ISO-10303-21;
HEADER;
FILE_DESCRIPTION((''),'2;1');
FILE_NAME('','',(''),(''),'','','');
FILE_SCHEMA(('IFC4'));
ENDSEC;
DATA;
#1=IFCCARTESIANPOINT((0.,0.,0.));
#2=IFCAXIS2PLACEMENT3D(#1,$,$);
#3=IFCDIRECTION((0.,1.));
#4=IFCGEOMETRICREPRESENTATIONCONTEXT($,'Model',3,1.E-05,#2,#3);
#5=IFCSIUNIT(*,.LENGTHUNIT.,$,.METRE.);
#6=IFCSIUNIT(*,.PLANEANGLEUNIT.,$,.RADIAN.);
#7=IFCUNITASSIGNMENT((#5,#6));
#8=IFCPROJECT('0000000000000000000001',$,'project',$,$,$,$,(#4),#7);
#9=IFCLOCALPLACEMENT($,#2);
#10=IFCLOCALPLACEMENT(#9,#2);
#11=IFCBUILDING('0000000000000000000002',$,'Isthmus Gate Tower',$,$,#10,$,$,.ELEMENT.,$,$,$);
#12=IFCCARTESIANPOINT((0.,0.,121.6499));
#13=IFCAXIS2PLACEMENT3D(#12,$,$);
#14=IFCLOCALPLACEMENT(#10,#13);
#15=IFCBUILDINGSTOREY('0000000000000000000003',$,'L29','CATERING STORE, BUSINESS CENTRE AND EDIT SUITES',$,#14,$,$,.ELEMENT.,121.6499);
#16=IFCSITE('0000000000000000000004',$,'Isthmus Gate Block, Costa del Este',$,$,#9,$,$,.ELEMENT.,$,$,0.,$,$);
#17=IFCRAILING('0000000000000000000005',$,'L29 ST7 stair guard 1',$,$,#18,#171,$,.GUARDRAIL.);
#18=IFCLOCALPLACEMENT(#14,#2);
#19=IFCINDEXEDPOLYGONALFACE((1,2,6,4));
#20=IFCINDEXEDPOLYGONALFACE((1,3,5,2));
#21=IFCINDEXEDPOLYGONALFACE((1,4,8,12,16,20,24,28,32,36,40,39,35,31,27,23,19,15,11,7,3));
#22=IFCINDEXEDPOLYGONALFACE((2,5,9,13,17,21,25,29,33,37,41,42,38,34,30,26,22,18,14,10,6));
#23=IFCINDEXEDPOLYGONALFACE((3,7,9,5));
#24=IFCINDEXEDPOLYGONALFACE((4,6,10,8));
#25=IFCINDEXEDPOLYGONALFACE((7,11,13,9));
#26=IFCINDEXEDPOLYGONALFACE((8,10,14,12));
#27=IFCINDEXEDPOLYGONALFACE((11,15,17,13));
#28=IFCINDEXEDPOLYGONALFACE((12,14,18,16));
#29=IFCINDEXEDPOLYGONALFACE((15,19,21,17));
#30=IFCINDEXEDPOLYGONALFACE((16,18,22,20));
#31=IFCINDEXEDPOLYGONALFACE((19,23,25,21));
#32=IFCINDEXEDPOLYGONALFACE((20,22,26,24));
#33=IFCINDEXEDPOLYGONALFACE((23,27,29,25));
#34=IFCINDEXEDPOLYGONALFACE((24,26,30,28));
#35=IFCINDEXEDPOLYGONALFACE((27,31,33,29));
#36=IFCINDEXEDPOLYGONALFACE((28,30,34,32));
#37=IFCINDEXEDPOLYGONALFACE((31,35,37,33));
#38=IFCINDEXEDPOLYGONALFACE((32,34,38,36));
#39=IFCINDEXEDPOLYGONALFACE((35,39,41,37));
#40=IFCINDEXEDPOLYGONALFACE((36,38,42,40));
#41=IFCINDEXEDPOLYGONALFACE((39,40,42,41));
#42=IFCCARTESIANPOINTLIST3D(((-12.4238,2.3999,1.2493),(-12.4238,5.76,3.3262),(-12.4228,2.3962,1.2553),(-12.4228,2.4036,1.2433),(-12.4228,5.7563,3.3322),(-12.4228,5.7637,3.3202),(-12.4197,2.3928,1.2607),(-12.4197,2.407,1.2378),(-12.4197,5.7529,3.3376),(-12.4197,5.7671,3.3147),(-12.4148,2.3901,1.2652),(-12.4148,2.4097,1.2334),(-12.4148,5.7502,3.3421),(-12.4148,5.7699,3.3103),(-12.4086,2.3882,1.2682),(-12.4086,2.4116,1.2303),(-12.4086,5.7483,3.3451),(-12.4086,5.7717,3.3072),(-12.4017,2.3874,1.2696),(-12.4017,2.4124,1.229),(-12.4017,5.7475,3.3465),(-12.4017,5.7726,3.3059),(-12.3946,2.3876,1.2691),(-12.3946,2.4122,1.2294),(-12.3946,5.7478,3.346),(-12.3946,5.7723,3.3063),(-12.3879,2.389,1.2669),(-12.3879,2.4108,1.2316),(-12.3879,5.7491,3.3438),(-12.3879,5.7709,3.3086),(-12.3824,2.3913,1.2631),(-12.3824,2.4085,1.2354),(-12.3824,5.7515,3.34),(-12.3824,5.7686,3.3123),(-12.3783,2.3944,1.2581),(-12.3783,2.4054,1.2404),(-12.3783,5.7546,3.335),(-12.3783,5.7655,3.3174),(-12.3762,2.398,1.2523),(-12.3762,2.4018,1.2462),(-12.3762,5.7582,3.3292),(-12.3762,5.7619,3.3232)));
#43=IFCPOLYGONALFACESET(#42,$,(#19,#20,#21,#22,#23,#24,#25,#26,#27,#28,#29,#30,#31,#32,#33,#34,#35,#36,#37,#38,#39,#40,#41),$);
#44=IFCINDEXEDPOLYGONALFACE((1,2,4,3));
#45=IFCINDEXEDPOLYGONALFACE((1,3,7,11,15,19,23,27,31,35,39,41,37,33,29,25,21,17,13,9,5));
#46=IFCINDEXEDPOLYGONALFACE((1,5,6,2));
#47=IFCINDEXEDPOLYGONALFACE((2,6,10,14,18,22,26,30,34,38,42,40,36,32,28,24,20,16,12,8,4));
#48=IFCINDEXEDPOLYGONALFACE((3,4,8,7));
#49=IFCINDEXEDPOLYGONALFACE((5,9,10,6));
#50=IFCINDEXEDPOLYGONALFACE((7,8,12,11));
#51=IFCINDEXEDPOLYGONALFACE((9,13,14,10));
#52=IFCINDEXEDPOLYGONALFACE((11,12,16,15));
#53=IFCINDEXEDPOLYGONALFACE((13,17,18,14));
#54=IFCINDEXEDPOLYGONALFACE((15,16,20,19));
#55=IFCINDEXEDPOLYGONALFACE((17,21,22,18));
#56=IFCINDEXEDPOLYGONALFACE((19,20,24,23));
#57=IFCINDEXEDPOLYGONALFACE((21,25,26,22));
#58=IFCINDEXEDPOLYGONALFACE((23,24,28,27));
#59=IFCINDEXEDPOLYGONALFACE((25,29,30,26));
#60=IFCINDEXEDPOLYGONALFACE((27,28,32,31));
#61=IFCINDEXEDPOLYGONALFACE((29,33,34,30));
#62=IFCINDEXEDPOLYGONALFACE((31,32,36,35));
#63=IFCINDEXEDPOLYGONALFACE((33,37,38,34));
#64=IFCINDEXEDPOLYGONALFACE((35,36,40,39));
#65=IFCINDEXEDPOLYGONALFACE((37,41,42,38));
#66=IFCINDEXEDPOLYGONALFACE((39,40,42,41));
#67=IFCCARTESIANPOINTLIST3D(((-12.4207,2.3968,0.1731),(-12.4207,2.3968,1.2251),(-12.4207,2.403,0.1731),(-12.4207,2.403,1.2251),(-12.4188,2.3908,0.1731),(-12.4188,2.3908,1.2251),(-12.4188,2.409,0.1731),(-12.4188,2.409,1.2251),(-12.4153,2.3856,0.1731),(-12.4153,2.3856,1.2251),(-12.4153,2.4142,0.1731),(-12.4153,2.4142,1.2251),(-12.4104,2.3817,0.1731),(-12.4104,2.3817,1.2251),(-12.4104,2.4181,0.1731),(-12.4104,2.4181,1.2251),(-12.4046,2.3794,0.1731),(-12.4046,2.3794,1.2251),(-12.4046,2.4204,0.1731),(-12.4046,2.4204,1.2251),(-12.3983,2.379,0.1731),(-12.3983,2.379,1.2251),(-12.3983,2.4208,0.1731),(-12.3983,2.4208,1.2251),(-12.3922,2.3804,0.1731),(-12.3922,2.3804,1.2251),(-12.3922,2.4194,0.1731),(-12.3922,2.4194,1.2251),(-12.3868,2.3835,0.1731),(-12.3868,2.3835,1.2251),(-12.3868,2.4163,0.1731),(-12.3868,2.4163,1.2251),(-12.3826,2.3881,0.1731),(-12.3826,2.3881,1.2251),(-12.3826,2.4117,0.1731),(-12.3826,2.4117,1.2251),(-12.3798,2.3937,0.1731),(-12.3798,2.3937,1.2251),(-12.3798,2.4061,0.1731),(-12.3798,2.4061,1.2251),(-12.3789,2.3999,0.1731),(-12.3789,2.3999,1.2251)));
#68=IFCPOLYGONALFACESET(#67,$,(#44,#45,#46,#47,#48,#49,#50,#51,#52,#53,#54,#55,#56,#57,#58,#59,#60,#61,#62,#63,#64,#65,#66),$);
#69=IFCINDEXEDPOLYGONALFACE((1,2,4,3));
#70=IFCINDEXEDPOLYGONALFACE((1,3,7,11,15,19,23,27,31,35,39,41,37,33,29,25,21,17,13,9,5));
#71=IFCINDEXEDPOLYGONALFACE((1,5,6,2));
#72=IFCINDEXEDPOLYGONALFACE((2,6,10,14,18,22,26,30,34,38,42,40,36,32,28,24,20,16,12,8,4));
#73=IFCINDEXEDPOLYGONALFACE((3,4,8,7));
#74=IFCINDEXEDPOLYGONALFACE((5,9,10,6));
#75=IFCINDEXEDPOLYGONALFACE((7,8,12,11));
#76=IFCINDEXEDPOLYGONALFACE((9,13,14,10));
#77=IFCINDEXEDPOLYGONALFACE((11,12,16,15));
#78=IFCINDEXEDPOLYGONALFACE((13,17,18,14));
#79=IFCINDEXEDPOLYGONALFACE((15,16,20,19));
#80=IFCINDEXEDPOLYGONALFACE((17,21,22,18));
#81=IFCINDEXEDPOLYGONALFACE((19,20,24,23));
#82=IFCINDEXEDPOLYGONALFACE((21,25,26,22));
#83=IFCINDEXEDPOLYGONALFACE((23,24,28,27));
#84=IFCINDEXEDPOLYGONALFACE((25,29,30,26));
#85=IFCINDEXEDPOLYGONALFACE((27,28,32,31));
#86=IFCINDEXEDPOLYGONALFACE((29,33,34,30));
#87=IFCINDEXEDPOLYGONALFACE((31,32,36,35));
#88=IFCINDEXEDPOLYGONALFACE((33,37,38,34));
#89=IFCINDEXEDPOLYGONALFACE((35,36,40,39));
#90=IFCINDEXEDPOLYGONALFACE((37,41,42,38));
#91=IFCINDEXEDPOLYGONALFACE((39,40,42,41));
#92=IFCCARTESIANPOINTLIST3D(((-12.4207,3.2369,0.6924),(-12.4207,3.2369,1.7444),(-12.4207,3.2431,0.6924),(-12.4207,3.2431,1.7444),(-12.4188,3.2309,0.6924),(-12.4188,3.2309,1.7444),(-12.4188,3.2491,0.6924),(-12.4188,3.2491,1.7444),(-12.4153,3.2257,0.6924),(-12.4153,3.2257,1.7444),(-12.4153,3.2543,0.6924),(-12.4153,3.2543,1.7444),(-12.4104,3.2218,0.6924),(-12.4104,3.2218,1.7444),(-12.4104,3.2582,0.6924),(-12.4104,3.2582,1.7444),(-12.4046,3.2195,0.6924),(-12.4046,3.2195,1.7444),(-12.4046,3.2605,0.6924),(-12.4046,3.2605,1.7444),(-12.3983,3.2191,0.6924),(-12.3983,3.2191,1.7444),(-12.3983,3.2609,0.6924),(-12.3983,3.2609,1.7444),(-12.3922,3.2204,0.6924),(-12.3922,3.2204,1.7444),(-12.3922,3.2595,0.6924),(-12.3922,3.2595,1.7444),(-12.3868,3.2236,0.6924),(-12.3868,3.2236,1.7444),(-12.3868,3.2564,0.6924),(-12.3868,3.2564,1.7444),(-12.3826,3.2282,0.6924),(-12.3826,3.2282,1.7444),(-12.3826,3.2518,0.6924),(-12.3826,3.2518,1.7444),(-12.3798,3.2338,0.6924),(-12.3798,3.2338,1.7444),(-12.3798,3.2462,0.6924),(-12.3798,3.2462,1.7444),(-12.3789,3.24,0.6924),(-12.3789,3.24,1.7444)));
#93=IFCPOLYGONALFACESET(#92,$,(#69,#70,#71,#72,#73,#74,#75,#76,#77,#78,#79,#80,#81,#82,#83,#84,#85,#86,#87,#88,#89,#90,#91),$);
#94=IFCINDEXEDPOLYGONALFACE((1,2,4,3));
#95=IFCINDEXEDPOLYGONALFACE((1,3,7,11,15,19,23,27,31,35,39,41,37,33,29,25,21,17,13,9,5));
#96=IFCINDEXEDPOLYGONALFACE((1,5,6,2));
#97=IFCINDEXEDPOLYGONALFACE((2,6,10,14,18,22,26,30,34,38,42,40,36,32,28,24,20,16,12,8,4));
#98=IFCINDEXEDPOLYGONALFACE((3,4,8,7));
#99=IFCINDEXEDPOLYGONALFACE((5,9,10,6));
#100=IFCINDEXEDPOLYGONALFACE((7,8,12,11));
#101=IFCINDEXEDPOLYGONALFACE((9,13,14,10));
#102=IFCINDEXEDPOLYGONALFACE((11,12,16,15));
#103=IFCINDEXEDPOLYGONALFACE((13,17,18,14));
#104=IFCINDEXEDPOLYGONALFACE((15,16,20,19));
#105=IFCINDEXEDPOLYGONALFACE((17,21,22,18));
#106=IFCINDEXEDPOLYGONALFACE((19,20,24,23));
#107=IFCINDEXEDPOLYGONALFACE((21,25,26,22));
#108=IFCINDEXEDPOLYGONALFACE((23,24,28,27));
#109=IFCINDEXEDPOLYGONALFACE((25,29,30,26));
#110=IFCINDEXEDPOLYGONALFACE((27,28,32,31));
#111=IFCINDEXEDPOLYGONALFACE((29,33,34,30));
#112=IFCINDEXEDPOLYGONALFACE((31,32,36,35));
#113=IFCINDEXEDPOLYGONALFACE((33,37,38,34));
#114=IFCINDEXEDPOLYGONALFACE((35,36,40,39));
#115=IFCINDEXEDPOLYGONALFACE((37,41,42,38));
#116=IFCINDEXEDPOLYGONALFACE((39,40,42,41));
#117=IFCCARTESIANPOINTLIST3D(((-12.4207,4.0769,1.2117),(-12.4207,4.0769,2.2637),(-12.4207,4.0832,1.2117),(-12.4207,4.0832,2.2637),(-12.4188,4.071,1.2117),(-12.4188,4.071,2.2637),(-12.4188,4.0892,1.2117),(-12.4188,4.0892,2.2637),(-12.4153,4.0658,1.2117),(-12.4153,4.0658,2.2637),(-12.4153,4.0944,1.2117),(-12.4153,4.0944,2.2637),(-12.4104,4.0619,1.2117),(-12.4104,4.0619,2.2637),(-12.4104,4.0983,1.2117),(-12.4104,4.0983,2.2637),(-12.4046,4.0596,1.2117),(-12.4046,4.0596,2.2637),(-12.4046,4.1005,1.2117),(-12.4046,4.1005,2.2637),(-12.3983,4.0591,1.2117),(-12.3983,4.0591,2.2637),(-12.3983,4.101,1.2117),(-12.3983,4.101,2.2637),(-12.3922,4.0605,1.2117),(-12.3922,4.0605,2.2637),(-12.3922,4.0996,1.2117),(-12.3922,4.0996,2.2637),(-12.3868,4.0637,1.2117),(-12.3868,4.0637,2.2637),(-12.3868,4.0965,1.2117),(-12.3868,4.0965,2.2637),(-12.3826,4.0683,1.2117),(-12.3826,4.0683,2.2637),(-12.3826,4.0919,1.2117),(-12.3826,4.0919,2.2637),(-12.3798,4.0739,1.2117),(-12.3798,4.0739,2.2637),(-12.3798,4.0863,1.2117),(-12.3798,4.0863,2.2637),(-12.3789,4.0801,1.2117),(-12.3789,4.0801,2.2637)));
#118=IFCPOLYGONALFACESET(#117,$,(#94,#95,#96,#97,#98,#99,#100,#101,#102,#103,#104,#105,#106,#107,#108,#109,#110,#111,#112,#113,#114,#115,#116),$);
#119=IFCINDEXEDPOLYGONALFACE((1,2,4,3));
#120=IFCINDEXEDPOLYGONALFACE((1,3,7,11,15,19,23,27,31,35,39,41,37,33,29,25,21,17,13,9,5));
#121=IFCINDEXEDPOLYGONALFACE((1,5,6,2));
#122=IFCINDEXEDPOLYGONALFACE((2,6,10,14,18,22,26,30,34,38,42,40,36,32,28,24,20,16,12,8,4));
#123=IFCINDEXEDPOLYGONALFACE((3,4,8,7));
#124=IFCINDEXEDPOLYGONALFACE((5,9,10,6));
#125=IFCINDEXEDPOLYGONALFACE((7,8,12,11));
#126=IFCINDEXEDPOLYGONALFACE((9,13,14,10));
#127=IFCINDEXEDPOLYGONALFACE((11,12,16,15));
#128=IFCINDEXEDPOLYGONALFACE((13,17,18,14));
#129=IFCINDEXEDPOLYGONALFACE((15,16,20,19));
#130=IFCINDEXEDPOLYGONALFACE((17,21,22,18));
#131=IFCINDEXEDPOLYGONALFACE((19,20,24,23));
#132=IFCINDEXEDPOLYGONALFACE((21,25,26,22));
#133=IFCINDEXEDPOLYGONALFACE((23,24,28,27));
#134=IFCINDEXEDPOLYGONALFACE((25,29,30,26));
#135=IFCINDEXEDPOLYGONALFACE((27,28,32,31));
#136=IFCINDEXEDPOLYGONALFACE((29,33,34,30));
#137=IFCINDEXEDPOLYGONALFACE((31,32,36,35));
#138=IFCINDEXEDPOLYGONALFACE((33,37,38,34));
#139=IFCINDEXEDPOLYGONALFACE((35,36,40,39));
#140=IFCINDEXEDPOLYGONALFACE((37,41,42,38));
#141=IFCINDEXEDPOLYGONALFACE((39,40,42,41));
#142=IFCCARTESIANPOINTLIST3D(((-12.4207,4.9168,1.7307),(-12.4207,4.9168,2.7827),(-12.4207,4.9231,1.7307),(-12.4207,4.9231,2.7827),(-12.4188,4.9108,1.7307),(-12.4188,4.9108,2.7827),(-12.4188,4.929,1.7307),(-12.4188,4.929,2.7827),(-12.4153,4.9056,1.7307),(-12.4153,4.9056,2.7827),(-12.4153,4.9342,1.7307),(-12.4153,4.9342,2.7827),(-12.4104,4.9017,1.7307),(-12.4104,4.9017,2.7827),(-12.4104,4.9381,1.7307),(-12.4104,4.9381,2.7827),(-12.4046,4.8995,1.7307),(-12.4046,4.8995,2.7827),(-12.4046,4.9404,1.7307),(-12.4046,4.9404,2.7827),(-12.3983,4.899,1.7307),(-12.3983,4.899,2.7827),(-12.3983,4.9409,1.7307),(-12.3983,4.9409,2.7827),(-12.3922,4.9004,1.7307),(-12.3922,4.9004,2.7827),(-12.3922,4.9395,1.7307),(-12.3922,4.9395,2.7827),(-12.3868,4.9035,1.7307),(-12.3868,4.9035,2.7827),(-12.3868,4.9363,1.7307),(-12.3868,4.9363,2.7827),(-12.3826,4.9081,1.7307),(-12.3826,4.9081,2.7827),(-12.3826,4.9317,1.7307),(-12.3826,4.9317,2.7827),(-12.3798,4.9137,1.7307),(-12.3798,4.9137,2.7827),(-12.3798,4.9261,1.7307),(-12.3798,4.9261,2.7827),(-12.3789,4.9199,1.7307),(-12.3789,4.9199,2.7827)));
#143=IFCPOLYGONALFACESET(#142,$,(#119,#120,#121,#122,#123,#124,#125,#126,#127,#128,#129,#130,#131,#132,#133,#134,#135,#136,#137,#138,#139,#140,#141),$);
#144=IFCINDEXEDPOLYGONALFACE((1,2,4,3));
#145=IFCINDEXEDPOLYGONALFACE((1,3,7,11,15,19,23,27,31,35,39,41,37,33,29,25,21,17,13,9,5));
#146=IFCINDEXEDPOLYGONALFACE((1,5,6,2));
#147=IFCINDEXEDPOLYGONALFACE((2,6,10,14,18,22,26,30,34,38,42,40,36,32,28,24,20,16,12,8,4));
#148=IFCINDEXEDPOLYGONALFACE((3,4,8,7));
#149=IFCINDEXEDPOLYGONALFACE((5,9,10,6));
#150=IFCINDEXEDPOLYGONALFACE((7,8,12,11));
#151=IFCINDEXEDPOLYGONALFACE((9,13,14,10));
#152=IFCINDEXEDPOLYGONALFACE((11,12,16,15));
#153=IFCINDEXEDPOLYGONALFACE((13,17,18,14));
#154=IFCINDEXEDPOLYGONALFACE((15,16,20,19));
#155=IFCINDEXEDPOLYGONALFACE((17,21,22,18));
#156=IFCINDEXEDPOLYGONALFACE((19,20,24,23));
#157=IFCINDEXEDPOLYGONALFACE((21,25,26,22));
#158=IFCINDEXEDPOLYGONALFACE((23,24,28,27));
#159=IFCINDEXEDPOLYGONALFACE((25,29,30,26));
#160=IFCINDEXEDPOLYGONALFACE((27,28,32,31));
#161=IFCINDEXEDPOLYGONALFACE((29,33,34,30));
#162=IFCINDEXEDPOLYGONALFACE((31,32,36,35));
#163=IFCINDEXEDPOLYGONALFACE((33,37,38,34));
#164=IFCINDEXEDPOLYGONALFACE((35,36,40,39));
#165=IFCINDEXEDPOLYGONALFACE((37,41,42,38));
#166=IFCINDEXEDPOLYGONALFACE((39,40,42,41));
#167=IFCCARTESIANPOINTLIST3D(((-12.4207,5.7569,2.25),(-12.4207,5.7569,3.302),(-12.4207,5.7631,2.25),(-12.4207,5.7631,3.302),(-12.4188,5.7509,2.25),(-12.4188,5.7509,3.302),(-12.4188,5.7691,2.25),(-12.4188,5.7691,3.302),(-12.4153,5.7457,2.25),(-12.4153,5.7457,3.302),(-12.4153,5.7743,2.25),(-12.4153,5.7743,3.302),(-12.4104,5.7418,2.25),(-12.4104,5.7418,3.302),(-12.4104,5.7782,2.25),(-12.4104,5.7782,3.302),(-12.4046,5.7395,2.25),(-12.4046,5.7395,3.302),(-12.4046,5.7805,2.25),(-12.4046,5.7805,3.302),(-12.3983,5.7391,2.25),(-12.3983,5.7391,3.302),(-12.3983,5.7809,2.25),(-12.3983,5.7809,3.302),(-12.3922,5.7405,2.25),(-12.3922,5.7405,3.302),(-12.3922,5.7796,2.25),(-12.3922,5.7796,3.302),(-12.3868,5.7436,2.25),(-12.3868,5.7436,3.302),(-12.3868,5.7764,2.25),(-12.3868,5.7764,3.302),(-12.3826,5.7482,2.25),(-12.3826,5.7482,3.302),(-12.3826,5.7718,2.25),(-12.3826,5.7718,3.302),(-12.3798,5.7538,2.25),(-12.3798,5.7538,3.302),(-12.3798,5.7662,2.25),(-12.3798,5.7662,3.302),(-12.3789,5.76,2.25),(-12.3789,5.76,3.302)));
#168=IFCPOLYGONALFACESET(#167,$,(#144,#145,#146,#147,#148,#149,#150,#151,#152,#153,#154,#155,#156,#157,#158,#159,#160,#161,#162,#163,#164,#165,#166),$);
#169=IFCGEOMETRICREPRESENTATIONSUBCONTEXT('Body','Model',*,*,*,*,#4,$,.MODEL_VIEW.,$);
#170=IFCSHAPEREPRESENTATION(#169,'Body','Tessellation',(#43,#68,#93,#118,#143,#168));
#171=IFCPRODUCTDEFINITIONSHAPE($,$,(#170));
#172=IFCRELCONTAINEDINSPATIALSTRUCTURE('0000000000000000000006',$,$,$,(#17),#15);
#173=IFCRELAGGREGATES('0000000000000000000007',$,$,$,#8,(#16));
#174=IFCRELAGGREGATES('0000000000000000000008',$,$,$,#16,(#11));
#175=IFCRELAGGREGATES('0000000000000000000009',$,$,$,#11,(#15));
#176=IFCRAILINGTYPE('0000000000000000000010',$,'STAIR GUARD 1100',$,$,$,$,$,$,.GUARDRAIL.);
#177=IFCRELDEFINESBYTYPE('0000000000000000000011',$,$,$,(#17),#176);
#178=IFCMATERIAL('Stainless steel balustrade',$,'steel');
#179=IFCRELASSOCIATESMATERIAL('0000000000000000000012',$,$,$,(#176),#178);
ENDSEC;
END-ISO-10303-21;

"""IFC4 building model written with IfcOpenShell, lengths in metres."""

from ifc_helpers import new_model, si_unit, direction, frame, origin, origin_2d, place, context, subcontext, project, spatial, circle, extrude, material, type_object, element, save


model = new_model("IFC4")

# Units and contexts
model_context = context("Model", 3, precision=1e-05, world=origin(), true_north=direction((0.0, 1.0)))
body_context = subcontext(model_context, "Body", "Model", "MODEL_VIEW")
ifc_project = project(units=[si_unit("LENGTHUNIT", "METRE"), si_unit("PLANEANGLEUNIT", "RADIAN")], contexts=[model_context])

# Site, building, storey
site_placement = place(None, origin())
site = spatial("IfcSite", under=ifc_project, at=site_placement, Name="Isthmus Gate Block, Costa del Este", CompositionType="ELEMENT", RefElevation=0.0)
building_placement = place(site_placement, origin())
building = spatial("IfcBuilding", under=site, at=building_placement, Name="Isthmus Gate Tower", CompositionType="ELEMENT")
storey_placement = place(building_placement, frame((0.0, 0.0, 121.6499)))
storey = spatial("IfcBuildingStorey", under=building, at=storey_placement, Name="L29", Description="CATERING STORE, BUSINESS CENTRE AND EDIT SUITES", CompositionType="ELEMENT", Elevation=121.6499)

# Railing
ifc_material_1 = material(Name="Stainless steel balustrade", Category="steel")
railing_type_1 = type_object("IfcRailingType", Name="STAIR GUARD 1100", PredefinedType="GUARDRAIL", material=ifc_material_1)
railing_1_placement = place(storey_placement, frame((-12.3999, 2.3999, 0.1731)))
element("IfcRailing", 1, at=railing_1_placement, inside=storey, type_object=railing_type_1, Name="L29 ST7 stair guard 1", PredefinedType="GUARDRAIL", context=body_context, shape_type="SweptSolid", body=[
    extrude(circle(Radius=0.0239, at=origin_2d()), frame((0.0, 0.0, 1.0762), z_axis=(0.0, 0.850623, 0.525776), x_axis=(-1.0, 0.0, 0.0)), (0.0, 0.0, 1.0), 3.9502),
    extrude(circle(Radius=0.021, at=origin_2d()), origin(), (0.0, 0.0, 1.0), 1.052),
    extrude(circle(Radius=0.021, at=origin_2d()), frame((0.0, 0.8401, 0.5193)), (0.0, 0.0, 1.0), 1.052),
    extrude(circle(Radius=0.021, at=origin_2d()), frame((0.0, 1.6802, 1.0386)), (0.0, 0.0, 1.0), 1.052),
    extrude(circle(Radius=0.021, at=origin_2d()), frame((0.0, 2.52, 1.5576)), (0.0, 0.0, 1.0), 1.052),
    extrude(circle(Radius=0.021, at=origin_2d()), frame((0.0, 3.3601, 2.0769)), (0.0, 0.0, 1.0), 1.052),
])

save(model, "model.ifc")
